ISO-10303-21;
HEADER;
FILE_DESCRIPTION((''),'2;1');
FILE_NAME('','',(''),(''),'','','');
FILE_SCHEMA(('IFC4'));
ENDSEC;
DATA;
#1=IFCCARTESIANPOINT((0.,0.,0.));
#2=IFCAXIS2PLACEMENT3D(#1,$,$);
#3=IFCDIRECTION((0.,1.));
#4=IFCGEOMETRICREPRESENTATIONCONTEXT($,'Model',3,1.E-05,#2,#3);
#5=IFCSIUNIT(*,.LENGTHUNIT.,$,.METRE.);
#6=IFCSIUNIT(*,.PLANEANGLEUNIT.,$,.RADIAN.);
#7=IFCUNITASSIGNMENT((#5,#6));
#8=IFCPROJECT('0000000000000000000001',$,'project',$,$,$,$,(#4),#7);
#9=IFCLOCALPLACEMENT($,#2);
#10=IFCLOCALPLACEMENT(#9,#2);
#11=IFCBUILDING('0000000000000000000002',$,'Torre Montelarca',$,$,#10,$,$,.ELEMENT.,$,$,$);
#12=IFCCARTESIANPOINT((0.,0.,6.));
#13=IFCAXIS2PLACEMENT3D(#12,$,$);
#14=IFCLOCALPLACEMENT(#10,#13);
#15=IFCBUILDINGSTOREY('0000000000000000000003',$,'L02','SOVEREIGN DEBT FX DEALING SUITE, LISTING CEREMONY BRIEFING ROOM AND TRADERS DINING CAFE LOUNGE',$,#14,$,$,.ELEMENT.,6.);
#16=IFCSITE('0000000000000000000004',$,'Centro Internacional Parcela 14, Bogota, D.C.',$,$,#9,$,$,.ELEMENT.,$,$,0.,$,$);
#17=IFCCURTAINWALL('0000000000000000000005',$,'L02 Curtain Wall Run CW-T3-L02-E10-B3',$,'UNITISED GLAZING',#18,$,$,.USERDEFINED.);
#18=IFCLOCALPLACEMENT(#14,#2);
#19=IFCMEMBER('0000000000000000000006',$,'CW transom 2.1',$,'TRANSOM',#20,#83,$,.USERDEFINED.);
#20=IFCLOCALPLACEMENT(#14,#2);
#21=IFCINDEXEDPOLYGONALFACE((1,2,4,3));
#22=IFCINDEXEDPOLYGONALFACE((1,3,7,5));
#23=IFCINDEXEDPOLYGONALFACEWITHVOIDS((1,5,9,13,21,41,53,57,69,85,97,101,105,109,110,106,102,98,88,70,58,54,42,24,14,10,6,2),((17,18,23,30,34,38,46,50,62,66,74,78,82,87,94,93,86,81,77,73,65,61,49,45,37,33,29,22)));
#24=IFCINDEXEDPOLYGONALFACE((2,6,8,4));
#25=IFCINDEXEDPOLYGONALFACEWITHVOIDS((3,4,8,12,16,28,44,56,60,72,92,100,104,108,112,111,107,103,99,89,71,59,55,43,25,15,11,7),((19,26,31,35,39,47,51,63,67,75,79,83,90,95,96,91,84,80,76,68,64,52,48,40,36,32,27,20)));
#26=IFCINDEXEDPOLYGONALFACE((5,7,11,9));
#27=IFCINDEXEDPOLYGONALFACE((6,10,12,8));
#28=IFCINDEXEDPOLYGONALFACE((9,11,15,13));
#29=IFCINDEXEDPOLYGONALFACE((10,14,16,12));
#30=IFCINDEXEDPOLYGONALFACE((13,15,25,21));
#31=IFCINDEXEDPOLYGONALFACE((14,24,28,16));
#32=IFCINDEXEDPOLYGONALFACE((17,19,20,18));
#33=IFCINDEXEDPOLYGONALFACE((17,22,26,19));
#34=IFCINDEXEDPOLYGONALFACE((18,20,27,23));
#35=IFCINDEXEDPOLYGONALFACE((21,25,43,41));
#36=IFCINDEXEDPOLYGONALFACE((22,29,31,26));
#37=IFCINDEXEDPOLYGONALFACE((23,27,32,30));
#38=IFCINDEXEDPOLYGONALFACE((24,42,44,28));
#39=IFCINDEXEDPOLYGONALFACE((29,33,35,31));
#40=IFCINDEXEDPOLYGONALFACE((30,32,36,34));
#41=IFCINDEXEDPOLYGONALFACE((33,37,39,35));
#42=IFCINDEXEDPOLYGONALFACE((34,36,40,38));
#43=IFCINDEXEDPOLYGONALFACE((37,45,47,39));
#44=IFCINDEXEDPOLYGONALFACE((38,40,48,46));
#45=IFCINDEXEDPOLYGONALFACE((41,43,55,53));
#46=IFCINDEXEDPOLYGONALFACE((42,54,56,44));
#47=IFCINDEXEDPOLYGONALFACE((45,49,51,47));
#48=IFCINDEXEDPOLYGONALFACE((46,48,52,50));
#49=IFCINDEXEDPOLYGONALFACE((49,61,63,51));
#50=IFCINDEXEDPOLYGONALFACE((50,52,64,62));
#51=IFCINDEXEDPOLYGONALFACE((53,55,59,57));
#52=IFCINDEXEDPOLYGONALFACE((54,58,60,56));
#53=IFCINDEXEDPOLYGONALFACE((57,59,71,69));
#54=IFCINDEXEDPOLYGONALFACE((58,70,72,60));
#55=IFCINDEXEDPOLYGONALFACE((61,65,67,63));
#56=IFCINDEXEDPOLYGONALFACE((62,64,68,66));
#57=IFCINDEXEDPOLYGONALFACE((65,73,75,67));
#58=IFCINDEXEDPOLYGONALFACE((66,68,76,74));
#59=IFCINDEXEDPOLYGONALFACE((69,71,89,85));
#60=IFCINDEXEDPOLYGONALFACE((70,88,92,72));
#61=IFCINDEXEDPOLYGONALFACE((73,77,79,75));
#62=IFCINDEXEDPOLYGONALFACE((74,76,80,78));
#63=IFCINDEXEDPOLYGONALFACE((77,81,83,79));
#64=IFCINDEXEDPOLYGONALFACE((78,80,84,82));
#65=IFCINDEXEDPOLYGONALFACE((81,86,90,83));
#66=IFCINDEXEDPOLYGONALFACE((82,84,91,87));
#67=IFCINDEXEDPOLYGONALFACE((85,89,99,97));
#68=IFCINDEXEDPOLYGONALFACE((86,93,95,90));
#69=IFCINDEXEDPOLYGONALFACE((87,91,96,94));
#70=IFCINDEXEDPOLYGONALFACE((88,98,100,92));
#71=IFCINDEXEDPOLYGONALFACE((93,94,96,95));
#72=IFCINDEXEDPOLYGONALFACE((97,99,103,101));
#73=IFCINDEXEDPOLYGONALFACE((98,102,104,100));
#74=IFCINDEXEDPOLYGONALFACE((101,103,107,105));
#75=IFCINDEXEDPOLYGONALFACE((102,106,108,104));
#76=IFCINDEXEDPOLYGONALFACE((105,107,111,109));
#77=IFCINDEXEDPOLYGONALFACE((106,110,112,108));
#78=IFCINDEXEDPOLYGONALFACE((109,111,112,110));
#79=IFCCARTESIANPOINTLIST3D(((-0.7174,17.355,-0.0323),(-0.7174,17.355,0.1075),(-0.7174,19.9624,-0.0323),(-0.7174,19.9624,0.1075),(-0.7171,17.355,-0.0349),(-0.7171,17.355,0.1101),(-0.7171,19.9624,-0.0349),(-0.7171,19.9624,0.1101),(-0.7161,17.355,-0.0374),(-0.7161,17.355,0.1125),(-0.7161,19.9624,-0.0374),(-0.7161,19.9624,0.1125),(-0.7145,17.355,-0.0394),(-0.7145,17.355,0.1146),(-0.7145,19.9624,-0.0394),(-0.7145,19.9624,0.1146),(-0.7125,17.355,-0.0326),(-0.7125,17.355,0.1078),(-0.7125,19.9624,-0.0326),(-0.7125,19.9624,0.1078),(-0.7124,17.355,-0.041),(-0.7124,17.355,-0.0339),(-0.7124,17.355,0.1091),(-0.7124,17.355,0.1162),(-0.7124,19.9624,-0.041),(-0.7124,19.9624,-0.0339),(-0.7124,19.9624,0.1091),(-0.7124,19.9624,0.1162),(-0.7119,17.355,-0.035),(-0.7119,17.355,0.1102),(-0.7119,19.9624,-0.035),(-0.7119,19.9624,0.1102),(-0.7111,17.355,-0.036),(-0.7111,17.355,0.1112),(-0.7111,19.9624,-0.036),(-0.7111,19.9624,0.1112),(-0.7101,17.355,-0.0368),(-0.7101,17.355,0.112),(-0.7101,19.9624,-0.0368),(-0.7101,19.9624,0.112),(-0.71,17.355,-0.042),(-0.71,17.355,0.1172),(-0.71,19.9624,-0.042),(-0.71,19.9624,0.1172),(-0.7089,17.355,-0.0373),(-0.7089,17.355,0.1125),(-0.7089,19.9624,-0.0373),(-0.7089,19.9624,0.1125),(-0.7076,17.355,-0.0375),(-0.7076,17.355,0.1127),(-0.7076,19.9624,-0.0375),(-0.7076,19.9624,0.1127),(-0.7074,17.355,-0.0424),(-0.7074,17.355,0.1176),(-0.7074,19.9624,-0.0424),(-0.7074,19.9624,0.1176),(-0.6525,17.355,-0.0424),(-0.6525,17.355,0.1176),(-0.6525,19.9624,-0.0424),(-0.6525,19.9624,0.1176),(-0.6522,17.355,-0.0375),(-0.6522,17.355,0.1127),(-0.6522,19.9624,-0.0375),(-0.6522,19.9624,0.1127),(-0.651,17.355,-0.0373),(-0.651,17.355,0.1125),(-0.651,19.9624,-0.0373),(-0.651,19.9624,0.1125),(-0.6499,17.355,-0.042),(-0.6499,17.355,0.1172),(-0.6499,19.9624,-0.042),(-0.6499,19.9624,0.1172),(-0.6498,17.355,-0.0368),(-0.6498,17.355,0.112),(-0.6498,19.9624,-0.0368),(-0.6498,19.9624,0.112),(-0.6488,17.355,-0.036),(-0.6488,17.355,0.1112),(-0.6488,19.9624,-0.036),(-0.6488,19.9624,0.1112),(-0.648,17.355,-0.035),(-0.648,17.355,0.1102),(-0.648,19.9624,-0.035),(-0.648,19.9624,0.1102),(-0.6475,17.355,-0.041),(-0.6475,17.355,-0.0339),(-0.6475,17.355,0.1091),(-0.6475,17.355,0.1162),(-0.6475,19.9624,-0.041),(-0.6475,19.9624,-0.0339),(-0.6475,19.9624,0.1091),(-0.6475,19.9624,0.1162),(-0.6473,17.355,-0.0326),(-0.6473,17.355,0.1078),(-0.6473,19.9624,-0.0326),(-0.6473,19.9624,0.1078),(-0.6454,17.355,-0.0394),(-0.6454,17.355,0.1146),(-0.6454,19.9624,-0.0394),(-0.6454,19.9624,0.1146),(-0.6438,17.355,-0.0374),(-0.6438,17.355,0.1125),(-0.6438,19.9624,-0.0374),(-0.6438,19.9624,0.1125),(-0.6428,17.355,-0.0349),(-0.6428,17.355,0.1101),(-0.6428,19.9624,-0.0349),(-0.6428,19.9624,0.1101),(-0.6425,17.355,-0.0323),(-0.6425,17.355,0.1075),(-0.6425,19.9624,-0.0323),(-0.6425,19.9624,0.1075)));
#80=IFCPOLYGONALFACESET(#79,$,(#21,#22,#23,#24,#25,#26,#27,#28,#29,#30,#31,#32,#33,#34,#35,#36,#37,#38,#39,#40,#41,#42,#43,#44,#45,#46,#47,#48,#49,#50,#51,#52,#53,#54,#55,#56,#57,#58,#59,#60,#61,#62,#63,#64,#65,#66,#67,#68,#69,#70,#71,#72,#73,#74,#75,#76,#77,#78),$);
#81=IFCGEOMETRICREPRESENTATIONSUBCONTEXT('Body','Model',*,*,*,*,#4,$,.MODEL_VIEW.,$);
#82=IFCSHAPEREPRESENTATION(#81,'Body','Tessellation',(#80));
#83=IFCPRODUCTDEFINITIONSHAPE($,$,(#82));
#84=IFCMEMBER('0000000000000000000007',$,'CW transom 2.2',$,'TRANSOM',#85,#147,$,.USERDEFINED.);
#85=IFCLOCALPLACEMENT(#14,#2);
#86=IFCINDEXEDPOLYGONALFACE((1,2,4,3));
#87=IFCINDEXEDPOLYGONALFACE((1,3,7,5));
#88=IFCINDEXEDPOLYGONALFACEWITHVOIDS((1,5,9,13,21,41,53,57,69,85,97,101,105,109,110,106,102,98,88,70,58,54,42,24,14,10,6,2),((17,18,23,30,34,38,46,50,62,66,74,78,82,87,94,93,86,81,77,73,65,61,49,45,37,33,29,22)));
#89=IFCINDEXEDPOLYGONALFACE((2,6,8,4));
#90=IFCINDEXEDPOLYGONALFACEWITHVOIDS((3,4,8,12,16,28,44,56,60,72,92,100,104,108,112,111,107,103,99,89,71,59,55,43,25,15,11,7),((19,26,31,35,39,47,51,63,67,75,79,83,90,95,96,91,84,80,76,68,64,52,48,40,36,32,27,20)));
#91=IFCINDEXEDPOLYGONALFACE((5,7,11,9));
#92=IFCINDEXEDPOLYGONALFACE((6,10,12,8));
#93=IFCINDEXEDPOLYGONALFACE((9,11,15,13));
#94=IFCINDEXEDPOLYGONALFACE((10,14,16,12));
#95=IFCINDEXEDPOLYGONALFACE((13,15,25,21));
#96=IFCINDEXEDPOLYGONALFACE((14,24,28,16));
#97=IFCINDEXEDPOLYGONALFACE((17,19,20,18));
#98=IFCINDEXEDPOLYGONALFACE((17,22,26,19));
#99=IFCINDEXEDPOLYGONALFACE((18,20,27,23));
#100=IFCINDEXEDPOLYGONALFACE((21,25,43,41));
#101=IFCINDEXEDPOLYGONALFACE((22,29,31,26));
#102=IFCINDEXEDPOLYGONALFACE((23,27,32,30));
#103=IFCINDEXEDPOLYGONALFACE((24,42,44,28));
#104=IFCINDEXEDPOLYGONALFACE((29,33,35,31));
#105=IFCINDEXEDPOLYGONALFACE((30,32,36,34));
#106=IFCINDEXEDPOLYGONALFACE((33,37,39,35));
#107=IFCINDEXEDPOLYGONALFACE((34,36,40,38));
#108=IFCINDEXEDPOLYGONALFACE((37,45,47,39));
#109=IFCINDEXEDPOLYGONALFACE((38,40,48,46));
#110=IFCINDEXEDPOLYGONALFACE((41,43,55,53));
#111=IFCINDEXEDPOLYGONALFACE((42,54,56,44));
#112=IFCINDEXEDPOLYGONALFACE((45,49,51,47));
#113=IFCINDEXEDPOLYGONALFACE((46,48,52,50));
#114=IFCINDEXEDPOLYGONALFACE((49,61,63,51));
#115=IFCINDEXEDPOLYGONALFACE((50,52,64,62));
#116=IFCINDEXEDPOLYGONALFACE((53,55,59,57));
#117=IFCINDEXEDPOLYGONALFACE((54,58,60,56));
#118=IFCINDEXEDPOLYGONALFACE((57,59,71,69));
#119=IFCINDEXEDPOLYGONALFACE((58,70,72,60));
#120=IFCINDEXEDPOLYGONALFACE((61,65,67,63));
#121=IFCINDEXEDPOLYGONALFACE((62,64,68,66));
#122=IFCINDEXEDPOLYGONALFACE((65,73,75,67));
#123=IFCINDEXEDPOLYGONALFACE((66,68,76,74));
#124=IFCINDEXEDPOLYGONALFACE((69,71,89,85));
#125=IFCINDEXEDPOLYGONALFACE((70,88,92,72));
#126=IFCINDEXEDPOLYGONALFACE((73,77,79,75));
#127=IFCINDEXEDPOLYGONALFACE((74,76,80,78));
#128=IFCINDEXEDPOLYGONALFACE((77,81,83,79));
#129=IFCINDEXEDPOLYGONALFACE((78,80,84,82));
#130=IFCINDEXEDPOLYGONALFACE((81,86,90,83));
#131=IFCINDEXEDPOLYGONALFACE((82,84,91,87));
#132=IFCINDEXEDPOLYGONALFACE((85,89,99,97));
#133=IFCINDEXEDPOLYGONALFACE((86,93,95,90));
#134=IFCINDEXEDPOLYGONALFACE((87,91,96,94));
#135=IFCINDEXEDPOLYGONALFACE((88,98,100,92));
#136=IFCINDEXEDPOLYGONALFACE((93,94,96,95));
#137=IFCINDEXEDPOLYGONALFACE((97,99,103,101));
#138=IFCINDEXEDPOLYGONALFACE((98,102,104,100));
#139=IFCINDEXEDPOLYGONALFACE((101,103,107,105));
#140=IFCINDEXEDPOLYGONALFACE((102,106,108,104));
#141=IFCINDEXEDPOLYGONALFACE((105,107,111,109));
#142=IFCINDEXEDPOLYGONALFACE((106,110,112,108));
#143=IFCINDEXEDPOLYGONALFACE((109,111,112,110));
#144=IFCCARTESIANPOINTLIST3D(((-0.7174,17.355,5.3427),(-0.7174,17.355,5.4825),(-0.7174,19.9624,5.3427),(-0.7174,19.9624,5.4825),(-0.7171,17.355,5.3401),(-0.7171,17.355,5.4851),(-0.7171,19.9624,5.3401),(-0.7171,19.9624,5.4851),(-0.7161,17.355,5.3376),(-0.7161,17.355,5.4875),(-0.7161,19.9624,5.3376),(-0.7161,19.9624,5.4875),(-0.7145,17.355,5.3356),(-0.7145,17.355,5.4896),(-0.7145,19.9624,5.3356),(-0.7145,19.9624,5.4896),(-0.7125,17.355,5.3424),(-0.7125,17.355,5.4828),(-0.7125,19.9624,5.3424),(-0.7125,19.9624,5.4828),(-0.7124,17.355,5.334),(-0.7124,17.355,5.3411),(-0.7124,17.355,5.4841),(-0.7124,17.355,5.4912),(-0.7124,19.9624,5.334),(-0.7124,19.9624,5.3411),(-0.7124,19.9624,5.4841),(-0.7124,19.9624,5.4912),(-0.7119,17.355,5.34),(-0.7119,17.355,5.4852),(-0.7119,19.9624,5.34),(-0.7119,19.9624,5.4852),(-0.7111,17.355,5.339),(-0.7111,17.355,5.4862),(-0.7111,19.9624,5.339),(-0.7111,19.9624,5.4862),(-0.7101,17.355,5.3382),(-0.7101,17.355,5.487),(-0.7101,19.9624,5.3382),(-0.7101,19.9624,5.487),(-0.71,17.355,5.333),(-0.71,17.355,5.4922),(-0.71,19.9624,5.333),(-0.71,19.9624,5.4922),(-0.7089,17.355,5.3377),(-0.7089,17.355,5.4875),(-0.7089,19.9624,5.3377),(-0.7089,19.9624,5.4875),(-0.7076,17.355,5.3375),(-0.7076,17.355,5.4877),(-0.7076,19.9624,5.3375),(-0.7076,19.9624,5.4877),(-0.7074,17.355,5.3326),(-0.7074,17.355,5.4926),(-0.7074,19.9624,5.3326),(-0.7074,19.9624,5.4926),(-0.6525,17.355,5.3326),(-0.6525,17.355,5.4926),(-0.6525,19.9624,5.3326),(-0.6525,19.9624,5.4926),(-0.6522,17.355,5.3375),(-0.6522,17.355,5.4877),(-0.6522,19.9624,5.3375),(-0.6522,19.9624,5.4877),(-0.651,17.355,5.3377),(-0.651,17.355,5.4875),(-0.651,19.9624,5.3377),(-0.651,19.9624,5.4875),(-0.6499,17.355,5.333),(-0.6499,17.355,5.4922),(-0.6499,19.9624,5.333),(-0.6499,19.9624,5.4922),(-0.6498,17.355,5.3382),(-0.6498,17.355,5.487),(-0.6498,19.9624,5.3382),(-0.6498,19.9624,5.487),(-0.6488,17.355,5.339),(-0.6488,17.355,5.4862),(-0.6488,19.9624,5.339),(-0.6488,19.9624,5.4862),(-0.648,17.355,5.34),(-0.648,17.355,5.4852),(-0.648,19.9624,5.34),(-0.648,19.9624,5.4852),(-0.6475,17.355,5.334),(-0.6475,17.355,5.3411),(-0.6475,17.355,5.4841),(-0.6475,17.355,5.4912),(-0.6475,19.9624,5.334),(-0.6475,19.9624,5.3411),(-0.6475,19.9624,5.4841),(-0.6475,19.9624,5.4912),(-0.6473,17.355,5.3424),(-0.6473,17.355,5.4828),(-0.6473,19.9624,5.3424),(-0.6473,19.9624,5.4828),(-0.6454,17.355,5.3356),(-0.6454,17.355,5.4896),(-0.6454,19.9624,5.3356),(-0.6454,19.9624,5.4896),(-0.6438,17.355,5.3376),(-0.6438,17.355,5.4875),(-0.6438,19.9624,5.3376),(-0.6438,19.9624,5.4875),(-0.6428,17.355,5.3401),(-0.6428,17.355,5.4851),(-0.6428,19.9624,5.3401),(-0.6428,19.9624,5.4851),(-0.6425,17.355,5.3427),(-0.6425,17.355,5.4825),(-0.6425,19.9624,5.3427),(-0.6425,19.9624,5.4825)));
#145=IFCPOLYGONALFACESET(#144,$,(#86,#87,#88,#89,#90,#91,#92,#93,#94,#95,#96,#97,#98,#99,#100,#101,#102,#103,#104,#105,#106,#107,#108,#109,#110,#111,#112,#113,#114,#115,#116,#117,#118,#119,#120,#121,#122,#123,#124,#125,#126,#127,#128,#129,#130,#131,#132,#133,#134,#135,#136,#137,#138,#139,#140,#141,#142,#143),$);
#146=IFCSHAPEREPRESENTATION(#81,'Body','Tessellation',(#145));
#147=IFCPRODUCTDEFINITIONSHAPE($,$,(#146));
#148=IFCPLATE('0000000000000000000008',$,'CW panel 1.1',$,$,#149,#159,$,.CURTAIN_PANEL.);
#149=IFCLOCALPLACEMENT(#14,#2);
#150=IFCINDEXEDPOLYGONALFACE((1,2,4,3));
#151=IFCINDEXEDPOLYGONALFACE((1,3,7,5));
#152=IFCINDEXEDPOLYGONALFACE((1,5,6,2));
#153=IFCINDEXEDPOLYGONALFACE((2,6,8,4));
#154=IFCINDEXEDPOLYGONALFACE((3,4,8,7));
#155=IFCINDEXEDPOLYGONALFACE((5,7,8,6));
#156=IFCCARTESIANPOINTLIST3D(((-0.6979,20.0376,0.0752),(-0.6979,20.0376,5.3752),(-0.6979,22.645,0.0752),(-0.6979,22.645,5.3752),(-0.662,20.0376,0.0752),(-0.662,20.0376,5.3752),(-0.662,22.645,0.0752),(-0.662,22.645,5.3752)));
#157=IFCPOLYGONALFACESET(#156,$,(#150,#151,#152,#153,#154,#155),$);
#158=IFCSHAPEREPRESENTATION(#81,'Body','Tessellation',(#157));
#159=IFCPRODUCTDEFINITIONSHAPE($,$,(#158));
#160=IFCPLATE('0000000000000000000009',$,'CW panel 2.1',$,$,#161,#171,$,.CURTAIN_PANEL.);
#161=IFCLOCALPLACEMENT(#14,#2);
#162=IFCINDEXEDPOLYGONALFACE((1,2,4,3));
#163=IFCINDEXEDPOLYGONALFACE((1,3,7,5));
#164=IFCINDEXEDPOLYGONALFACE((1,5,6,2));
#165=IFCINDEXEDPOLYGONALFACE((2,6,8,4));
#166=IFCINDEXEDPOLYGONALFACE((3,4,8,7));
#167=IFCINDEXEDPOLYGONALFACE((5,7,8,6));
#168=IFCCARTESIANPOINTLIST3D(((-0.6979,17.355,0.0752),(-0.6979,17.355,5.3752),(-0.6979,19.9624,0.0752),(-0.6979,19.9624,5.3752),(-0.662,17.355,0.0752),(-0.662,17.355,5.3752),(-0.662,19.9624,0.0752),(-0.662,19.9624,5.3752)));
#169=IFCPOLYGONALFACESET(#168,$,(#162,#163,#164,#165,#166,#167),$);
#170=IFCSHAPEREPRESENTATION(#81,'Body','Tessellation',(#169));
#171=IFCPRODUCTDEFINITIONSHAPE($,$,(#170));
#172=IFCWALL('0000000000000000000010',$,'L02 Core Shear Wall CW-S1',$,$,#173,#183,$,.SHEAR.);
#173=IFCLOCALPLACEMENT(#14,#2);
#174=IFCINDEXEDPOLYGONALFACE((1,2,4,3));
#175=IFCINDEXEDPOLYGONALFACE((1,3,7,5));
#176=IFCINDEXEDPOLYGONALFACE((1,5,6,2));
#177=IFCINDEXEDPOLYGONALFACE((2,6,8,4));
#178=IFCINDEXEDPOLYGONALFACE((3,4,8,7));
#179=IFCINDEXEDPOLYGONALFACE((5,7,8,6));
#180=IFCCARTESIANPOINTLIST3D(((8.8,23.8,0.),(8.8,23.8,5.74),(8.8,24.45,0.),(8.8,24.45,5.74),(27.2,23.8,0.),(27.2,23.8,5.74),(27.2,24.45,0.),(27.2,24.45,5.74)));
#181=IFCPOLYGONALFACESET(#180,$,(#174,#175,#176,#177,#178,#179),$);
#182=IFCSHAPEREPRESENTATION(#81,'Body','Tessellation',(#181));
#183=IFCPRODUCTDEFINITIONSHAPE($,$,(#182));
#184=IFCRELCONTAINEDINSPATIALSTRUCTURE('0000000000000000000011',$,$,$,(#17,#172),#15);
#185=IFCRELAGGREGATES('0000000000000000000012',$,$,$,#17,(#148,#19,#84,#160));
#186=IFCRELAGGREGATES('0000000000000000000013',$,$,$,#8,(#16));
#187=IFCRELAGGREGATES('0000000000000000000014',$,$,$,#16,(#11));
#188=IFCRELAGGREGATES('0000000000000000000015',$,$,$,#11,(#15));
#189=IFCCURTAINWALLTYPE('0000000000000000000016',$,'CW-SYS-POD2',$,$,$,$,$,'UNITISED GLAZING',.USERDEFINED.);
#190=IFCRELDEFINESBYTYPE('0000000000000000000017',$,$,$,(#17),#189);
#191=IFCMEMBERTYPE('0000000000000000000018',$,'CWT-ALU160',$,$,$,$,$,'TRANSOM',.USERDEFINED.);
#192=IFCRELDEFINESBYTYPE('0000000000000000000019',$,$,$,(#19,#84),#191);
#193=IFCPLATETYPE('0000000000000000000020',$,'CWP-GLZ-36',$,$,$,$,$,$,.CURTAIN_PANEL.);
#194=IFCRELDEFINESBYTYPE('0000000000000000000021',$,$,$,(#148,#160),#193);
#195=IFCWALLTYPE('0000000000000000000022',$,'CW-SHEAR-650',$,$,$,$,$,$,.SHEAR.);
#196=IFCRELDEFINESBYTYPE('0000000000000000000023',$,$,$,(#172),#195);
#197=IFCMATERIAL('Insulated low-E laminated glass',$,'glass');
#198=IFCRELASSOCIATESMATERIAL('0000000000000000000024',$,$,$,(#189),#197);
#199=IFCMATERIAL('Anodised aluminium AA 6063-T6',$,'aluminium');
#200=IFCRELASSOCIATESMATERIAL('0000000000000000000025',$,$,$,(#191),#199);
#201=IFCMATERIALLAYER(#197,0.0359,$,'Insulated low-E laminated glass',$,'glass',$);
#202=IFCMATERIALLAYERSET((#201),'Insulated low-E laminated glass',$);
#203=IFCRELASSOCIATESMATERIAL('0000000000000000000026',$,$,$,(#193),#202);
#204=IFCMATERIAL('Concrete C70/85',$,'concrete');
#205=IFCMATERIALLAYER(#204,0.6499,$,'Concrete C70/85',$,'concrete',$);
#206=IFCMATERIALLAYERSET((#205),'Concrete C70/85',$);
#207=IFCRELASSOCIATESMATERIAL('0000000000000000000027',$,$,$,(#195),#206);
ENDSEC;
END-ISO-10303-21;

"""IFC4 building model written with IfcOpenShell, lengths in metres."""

from ifc_helpers import new_model, si_unit, direction, frame, frame_2d, origin, origin_2d, place, context, subcontext, project, spatial, rectangle, hollow_rectangle, extrude, source, transform, mapped, material, layer, layer_set, material_profile, profile_set, type_object, element, aggregate, save


model = new_model("IFC4")

# Units and contexts
model_context = context("Model", 3, precision=1e-05, world=origin(), true_north=direction((0.0, 1.0)))
body_context = subcontext(model_context, "Body", "Model", "MODEL_VIEW")
ifc_project = project(units=[si_unit("LENGTHUNIT", "METRE"), si_unit("PLANEANGLEUNIT", "RADIAN")], contexts=[model_context])

# Site, building, storey
site_placement = place(None, origin())
site = spatial("IfcSite", under=ifc_project, at=site_placement, Name="Centro Internacional Parcela 14, Bogota, D.C.", CompositionType="ELEMENT", RefElevation=0.0)
building_placement = place(site_placement, origin())
building = spatial("IfcBuilding", under=site, at=building_placement, Name="Torre Montelarca", CompositionType="ELEMENT")
storey_placement = place(building_placement, frame((0.0, 0.0, 6.0)))
storey = spatial("IfcBuildingStorey", under=building, at=storey_placement, Name="L02", Description="SOVEREIGN DEBT FX DEALING SUITE, LISTING CEREMONY BRIEFING ROOM AND TRADERS DINING CAFE LOUNGE", CompositionType="ELEMENT", Elevation=6.0)

# Shared definitions
ifc_material_1 = material(Name="Concrete C70/85", Category="concrete")

# Shared definitions
ifc_material_2 = material(Name="Insulated low-E laminated glass", Category="glass")
curtain_wall_type = type_object("IfcCurtainWallType", Name="CW-SYS-POD2", ElementType="UNITISED GLAZING", PredefinedType="USERDEFINED", material=ifc_material_2)
ifc_material_3 = material(Name="Anodised aluminium AA 6063-T6", Category="aluminium")

# Curtain wall, members, plates
curtain_wall_1_placement = place(storey_placement, origin())
curtain_wall_1 = element("IfcCurtainWall", 1, at=curtain_wall_1_placement, inside=storey, type_object=curtain_wall_type, Name="L02 Curtain Wall Run CW-T3-L02-E10-B3", ObjectType="UNITISED GLAZING", PredefinedType="USERDEFINED")
ifc_material_profile_1 = material_profile(ifc_material_3, hollow_rectangle(XDim=0.075, YDim=0.1599, WallThickness=0.0049, InnerFilletRadius=0.0049, OuterFilletRadius=0.01, at=origin_2d()), Name="ALU75X160X5", Category="aluminium")
ifc_profile_set_1 = profile_set([ifc_material_profile_1], Name="Anodised aluminium AA 6063-T6")
member_type_1 = type_object("IfcMemberType", Name="CWT-ALU160", ElementType="TRANSOM", PredefinedType="USERDEFINED", material=ifc_profile_set_1)
shared_shape_1 = source(origin(), body_context, "Body", "SweptSolid", [
    extrude(hollow_rectangle(XDim=0.075, YDim=0.1599, WallThickness=0.0049, InnerFilletRadius=0.0049, OuterFilletRadius=0.01, at=origin_2d()), origin(), (0.0, 0.0, 1.0), 2.6074),
])
member_1_placement = place(storey_placement, frame((-0.6799, 19.9624, 0.0376), z_axis=(0.0, -1.0, 0.0), x_axis=(1.0, 0.0, 0.0)))
member_1 = element("IfcMember", 2, at=member_1_placement, type_object=member_type_1, Name="CW transom 2.1", ObjectType="TRANSOM", PredefinedType="USERDEFINED", context=body_context, shape_type="MappedRepresentation", body=[
    mapped(shared_shape_1, transform((0.0, 0.0, 0.0), scale=1.0)),
])
member_2_placement = place(storey_placement, frame((-0.6799, 19.9624, 5.4126), z_axis=(0.0, -1.0, 0.0), x_axis=(1.0, 0.0, 0.0)))
member_2 = element("IfcMember", 3, at=member_2_placement, type_object=member_type_1, Name="CW transom 2.2", ObjectType="TRANSOM", PredefinedType="USERDEFINED", context=body_context, shape_type="MappedRepresentation", body=[
    mapped(shared_shape_1, transform((0.0, 0.0, 0.0), scale=1.0)),
])
ifc_layer_1 = layer(ifc_material_2, 0.0359, Name="Insulated low-E laminated glass", Category="glass")
ifc_layer_set_1 = layer_set([ifc_layer_1], Name="Insulated low-E laminated glass")
plate_type = type_object("IfcPlateType", Name="CWP-GLZ-36", PredefinedType="CURTAIN_PANEL", material=ifc_layer_set_1)
shared_shape_2 = source(origin(), body_context, "Body", "SweptSolid", [
    extrude(rectangle(XDim=2.6074, YDim=0.0359, at=origin_2d()), origin(), (0.0, 0.0, 1.0), 5.3),
])
plate_1_placement = place(storey_placement, frame((-0.6799, 21.3413, 0.0752), z_axis=(0.0, 0.0, 1.0), x_axis=(0.0, -1.0, 0.0)))
plate_1 = element("IfcPlate", 4, at=plate_1_placement, type_object=plate_type, Name="CW panel 1.1", PredefinedType="CURTAIN_PANEL", context=body_context, shape_type="MappedRepresentation", body=[
    mapped(shared_shape_2, transform((0.0, 0.0, 0.0), scale=1.0)),
])
plate_2_placement = place(storey_placement, frame((-0.6799, 18.6587, 0.0752), z_axis=(0.0, 0.0, 1.0), x_axis=(0.0, -1.0, 0.0)))
plate_2 = element("IfcPlate", 5, at=plate_2_placement, type_object=plate_type, Name="CW panel 2.1", PredefinedType="CURTAIN_PANEL", context=body_context, shape_type="MappedRepresentation", body=[
    mapped(shared_shape_2, transform((0.0, 0.0, 0.0), scale=1.0)),
])
aggregate(curtain_wall_1, [plate_1, member_1, member_2, plate_2])

# Wall
ifc_layer_2 = layer(ifc_material_1, 0.6499, Name="Concrete C70/85", Category="concrete")
ifc_layer_set_2 = layer_set([ifc_layer_2], Name="Concrete C70/85")
wall_type_1 = type_object("IfcWallType", Name="CW-SHEAR-650", PredefinedType="SHEAR", material=ifc_layer_set_2)
wall_1_placement = place(storey_placement, frame((8.8, 24.125, 0.0), z_axis=(0.0, 0.0, 1.0), x_axis=(1.0, 0.0, 0.0)))
element("IfcWall", 6, at=wall_1_placement, inside=storey, type_object=wall_type_1, Name="L02 Core Shear Wall CW-S1", PredefinedType="SHEAR", context=body_context, shape_type="SweptSolid", body=[
    extrude(rectangle(XDim=18.3999, YDim=0.6499, at=frame_2d((9.2, 0.0))), origin(), (0.0, 0.0, 1.0), 5.74),
])

save(model, "model.ifc")
